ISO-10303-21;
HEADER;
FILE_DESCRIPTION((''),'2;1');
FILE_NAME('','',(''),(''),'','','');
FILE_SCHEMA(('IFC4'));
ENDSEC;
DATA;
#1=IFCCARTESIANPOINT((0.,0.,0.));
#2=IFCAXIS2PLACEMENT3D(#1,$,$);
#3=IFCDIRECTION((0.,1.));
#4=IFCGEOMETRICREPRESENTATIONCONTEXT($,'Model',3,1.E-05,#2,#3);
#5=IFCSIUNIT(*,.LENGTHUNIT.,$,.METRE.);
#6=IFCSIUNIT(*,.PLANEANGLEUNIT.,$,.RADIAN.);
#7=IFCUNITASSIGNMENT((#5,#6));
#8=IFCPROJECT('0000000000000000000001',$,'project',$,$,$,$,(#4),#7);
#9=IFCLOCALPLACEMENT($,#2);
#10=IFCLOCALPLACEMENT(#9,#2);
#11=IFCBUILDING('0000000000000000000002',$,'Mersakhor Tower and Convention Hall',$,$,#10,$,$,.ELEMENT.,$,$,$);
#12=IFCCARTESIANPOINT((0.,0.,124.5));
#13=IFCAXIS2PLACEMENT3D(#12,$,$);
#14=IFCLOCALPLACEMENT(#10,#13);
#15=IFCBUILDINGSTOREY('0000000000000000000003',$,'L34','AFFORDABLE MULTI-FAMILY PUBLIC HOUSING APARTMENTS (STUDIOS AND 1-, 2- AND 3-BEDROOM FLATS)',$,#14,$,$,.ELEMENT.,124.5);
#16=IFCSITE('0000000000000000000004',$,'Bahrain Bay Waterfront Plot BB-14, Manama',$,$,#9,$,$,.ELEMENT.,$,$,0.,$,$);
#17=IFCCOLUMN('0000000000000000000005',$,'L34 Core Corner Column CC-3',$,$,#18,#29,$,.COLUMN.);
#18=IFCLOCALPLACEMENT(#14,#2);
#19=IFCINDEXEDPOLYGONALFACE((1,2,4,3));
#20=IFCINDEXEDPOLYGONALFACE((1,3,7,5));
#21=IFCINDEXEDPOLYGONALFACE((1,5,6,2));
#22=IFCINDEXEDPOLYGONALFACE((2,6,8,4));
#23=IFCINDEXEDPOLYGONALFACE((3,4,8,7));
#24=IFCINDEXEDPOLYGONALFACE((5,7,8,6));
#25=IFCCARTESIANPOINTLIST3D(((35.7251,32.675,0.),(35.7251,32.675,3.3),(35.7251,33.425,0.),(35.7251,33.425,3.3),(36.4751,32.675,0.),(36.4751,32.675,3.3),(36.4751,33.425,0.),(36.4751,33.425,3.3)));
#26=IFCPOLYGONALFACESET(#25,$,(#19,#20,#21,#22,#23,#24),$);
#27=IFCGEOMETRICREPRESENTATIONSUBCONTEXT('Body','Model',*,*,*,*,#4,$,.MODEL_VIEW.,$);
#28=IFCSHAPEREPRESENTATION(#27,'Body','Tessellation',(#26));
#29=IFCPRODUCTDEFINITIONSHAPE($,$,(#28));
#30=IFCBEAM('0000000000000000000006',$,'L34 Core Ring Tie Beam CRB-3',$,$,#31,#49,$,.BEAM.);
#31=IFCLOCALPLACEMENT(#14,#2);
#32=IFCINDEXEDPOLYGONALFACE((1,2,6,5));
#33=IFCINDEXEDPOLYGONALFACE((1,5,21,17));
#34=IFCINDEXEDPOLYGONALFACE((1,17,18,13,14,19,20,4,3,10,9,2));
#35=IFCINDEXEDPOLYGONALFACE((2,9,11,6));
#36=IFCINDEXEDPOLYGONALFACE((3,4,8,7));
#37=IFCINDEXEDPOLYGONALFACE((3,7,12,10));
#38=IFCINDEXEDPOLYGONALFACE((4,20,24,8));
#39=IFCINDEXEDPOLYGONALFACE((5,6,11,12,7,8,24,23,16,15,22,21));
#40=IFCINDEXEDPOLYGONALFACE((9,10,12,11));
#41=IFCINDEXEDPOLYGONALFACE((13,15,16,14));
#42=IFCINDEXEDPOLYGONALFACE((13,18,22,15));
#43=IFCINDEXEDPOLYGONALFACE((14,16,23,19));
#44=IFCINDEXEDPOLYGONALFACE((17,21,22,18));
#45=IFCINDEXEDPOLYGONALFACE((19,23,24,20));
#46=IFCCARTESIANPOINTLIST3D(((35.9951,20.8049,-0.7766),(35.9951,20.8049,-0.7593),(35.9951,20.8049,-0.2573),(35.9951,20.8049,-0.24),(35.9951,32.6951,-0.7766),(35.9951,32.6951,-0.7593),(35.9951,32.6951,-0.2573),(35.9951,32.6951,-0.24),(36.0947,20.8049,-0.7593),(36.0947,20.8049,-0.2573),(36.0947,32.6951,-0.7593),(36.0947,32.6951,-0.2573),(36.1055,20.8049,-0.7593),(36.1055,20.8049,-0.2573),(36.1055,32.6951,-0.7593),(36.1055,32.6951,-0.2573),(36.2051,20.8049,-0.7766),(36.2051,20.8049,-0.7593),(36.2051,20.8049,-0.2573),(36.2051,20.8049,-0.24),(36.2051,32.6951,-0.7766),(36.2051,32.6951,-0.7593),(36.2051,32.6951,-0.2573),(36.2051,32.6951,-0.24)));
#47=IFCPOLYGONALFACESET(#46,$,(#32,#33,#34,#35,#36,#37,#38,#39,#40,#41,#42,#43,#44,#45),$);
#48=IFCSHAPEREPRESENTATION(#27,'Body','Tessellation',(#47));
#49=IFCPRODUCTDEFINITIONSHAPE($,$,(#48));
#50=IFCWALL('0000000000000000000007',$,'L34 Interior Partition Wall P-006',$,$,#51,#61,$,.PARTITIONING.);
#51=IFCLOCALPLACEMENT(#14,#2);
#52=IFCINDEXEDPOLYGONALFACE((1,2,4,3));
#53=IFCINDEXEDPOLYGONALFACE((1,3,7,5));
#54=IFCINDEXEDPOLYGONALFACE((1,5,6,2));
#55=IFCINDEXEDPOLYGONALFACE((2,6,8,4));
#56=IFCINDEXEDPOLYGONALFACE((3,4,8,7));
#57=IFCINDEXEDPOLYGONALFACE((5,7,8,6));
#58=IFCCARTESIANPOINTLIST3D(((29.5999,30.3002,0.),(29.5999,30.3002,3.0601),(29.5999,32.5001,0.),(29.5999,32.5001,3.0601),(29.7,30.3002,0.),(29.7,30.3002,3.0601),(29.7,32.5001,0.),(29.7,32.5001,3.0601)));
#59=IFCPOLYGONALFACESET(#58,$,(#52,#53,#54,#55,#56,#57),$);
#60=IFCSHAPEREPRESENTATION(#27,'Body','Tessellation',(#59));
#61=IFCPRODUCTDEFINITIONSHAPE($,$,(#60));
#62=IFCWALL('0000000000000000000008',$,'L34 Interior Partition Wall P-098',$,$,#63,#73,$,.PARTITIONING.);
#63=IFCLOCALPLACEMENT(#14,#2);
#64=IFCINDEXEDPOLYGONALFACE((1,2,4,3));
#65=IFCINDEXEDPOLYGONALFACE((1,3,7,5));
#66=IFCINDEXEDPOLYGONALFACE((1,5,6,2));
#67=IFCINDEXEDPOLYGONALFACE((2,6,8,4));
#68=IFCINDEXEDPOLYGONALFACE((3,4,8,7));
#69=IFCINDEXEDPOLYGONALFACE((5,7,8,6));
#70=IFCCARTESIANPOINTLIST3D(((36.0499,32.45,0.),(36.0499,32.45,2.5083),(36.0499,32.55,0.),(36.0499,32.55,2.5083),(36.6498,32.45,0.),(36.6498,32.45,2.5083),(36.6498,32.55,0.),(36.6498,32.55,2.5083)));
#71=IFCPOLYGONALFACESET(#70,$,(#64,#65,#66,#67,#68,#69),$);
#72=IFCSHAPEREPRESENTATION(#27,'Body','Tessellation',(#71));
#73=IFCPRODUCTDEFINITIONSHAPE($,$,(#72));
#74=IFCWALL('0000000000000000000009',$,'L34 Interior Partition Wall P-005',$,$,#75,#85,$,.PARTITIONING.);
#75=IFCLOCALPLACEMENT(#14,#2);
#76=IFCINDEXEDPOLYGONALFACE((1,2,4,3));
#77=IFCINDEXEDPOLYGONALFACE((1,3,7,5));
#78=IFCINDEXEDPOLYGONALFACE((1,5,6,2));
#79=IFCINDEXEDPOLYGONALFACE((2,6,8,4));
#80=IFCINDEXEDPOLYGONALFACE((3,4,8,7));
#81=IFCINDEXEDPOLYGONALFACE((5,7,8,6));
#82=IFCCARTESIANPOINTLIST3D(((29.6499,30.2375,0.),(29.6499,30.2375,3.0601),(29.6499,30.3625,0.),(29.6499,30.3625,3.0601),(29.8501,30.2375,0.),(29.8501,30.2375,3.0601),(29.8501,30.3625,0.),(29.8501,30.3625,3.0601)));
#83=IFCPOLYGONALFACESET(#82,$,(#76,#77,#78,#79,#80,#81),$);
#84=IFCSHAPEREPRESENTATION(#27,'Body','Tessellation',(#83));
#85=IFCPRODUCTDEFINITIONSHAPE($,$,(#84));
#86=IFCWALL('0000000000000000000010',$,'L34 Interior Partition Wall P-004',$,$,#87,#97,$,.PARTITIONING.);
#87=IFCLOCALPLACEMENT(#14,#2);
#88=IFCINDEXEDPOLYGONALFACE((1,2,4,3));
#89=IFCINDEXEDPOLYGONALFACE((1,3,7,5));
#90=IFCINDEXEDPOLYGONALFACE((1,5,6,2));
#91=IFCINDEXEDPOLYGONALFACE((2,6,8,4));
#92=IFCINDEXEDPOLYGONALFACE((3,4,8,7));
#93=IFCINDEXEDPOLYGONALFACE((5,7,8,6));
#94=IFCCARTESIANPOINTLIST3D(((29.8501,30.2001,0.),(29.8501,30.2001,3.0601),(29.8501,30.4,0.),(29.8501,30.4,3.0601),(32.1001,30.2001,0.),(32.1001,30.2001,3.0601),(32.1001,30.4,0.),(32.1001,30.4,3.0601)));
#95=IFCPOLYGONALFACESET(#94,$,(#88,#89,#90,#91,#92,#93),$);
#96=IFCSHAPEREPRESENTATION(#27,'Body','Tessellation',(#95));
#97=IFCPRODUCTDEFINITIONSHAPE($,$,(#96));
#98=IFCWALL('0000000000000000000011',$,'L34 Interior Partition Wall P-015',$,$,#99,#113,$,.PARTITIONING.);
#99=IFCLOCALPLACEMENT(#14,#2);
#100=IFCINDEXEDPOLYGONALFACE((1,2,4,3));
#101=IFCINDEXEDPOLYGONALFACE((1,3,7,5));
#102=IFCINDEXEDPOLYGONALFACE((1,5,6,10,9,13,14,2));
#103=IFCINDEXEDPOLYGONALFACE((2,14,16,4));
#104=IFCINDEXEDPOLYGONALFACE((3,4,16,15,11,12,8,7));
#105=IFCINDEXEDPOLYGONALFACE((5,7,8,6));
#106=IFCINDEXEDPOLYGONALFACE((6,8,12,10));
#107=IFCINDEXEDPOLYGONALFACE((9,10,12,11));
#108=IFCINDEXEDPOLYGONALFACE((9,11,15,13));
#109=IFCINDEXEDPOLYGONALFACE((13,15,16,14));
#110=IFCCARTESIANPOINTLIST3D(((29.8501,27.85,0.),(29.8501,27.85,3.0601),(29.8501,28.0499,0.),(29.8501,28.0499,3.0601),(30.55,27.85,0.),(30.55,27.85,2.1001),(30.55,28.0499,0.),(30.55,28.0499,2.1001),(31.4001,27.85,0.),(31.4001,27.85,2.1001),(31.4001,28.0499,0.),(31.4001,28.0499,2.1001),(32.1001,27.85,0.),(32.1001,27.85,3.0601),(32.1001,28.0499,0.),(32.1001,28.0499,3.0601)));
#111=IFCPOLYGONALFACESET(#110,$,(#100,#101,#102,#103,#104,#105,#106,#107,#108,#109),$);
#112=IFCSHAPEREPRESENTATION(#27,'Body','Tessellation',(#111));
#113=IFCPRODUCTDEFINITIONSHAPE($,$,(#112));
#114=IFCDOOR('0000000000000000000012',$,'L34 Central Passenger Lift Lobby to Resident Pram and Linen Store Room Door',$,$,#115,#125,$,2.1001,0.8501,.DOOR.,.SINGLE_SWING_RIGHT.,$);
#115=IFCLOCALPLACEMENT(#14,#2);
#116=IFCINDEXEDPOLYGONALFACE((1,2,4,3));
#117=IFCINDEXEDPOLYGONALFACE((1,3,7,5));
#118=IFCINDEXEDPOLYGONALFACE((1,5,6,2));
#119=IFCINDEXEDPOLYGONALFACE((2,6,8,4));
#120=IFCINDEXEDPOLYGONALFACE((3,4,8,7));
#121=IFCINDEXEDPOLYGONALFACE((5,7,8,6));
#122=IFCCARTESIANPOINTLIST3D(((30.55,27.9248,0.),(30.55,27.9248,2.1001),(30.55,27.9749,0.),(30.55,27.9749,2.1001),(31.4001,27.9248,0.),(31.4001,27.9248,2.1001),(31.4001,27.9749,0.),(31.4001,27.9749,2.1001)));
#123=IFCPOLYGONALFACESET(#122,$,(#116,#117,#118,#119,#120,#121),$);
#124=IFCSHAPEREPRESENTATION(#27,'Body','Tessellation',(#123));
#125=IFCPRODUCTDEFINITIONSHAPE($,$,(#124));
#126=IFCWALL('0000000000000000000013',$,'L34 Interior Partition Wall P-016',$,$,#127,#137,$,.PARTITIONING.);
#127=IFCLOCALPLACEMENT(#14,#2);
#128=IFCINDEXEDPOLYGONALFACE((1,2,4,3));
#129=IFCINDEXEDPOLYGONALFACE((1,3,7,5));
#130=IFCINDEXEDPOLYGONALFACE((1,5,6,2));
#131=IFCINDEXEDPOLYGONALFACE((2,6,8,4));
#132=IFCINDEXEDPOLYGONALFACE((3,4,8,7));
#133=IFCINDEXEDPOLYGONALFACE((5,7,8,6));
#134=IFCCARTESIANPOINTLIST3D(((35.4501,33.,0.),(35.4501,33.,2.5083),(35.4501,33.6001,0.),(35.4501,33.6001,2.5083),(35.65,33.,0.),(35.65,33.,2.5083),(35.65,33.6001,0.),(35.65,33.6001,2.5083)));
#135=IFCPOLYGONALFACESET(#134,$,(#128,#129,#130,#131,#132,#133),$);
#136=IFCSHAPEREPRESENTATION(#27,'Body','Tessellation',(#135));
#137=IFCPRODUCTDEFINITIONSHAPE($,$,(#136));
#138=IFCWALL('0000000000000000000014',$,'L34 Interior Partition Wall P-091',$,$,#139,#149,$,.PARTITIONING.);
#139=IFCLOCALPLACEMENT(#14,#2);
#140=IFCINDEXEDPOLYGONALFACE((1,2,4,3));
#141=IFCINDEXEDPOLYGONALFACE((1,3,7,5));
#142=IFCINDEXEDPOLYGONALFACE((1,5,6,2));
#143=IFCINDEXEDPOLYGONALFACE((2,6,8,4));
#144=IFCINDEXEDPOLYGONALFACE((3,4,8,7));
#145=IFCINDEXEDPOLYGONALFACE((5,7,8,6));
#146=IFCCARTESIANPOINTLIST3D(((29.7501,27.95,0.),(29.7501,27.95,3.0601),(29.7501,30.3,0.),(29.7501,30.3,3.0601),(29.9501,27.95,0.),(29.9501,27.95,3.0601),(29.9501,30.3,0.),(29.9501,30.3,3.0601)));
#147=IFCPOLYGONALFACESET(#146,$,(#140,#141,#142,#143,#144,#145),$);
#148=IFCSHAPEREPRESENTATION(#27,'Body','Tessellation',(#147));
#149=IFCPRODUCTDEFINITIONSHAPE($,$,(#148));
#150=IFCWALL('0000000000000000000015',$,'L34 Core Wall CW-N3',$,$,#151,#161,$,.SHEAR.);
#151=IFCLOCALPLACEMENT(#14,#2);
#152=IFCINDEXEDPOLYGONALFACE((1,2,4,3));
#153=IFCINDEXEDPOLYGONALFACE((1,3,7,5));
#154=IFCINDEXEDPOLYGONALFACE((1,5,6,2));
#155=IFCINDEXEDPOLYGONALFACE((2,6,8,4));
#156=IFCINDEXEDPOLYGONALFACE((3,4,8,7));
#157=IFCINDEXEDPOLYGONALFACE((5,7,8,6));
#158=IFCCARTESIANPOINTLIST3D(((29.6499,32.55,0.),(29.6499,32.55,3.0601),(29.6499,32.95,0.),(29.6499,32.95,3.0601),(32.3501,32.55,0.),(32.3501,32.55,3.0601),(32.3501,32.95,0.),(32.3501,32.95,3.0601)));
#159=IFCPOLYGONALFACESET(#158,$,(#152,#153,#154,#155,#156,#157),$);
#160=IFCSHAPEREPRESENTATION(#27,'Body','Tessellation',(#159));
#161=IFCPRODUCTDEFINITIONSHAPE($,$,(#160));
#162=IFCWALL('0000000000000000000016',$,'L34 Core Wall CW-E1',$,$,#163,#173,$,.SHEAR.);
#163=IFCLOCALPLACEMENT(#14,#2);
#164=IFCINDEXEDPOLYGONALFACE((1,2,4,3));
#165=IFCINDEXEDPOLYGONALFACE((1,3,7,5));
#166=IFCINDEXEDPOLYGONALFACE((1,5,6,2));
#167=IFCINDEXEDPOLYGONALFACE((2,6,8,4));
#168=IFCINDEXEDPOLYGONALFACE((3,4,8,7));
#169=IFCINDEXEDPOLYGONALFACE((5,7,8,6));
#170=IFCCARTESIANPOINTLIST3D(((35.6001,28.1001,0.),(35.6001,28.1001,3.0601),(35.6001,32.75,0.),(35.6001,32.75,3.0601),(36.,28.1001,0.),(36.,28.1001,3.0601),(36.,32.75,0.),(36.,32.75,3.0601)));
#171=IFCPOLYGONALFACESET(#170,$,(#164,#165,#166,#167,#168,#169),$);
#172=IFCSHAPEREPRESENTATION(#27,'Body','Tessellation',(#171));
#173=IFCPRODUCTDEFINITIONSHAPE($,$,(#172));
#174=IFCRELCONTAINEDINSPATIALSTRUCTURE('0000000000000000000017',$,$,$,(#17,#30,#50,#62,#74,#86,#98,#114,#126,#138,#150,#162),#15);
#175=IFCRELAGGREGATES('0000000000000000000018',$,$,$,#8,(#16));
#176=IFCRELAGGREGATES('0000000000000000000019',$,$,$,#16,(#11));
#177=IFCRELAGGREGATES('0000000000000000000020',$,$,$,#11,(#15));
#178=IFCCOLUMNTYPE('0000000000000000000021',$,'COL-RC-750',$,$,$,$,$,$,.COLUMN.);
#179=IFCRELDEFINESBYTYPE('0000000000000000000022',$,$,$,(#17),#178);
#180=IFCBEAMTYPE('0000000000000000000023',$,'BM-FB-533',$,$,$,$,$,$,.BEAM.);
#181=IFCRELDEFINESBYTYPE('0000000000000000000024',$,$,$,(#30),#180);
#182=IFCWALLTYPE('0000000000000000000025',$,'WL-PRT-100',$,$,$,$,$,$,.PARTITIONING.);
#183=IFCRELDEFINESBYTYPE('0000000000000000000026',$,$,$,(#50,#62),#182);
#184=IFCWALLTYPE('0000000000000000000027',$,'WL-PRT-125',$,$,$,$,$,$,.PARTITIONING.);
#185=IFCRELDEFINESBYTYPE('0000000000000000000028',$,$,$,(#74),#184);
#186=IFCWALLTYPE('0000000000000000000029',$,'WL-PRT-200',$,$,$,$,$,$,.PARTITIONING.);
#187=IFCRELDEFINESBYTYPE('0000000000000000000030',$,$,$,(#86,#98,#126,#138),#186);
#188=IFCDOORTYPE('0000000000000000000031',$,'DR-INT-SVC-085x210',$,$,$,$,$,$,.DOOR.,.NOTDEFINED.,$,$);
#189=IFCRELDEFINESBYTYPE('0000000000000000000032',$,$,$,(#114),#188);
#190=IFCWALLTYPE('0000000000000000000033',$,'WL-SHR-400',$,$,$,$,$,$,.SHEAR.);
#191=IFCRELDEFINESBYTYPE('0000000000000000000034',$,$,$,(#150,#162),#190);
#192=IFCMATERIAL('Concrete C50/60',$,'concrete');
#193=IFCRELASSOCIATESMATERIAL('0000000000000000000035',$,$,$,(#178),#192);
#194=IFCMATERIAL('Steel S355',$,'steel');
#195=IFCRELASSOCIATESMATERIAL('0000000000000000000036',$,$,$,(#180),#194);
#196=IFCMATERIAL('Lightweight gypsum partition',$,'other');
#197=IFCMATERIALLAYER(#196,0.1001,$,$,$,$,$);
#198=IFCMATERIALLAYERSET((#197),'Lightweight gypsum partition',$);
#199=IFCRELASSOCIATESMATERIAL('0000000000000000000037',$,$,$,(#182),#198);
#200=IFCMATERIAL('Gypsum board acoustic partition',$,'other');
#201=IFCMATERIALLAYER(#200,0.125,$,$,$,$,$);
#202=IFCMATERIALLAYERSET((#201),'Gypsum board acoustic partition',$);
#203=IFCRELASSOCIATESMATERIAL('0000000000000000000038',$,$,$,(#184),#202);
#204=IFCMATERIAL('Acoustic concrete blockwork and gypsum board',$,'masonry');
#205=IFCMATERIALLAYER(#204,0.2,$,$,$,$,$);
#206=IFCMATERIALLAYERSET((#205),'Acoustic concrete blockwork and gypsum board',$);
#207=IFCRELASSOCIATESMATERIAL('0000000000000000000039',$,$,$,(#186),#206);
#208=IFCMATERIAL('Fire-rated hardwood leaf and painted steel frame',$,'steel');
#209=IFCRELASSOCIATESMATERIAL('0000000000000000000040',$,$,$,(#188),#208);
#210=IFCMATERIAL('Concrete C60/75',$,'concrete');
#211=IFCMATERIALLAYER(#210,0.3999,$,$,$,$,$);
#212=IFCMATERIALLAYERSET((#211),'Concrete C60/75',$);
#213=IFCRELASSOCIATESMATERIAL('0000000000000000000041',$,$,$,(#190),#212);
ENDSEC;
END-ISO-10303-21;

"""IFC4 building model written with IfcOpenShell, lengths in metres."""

from ifc_helpers import new_model, si_unit, direction, frame, frame_2d, origin, origin_2d, place, context, subcontext, project, spatial, rectangle, i_section, extrude, material, layer, layer_set, material_profile, profile_set, type_object, element, fill, save


model = new_model("IFC4")

# Units and contexts
model_context = context("Model", 3, precision=1e-05, world=origin(), true_north=direction((0.0, 1.0)))
body_context = subcontext(model_context, "Body", "Model", "MODEL_VIEW")
ifc_project = project(units=[si_unit("LENGTHUNIT", "METRE"), si_unit("PLANEANGLEUNIT", "RADIAN")], contexts=[model_context])

# Site, building, storey
site_placement = place(None, origin())
site = spatial("IfcSite", under=ifc_project, at=site_placement, Name="Bahrain Bay Waterfront Plot BB-14, Manama", CompositionType="ELEMENT", RefElevation=0.0)
building_placement = place(site_placement, origin())
building = spatial("IfcBuilding", under=site, at=building_placement, Name="Mersakhor Tower and Convention Hall", CompositionType="ELEMENT")
storey_placement = place(building_placement, frame((0.0, 0.0, 124.5)))
storey = spatial("IfcBuildingStorey", under=building, at=storey_placement, Name="L34", Description="AFFORDABLE MULTI-FAMILY PUBLIC HOUSING APARTMENTS (STUDIOS AND 1-, 2- AND 3-BEDROOM FLATS)", CompositionType="ELEMENT", Elevation=124.5)

# Column
ifc_material_1 = material(Name="Concrete C50/60", Category="concrete")
ifc_material_profile_1 = material_profile(ifc_material_1, rectangle(XDim=0.75, YDim=0.75, at=origin_2d()), Name="RC 750x750")
ifc_profile_set_1 = profile_set([ifc_material_profile_1], Name="Concrete C50/60")
column_type = type_object("IfcColumnType", Name="COL-RC-750", PredefinedType="COLUMN", material=ifc_profile_set_1)
column_placement = place(storey_placement, frame((36.1001, 33.05, 0.0), z_axis=(0.0, 0.0, 1.0), x_axis=(1.0, 0.0, 0.0)))
element("IfcColumn", 1, at=column_placement, inside=storey, type_object=column_type, Name="L34 Core Corner Column CC-3", PredefinedType="COLUMN", context=body_context, shape_type="SweptSolid", body=[
    extrude(rectangle(XDim=0.75, YDim=0.75, at=origin_2d()), origin(), (0.0, 0.0, 1.0), 3.3),
])

# Beam
ifc_material_2 = material(Name="Steel S355", Category="steel")
ifc_material_profile_2 = material_profile(ifc_material_2, i_section(OverallWidth=0.21, OverallDepth=0.5366, WebThickness=0.0107, FlangeThickness=0.0173, at=origin_2d()), Name="UB 533x210x101")
ifc_profile_set_2 = profile_set([ifc_material_profile_2], Name="Steel S355")
beam_type = type_object("IfcBeamType", Name="BM-FB-533", PredefinedType="BEAM", material=ifc_profile_set_2)
beam_placement = place(storey_placement, frame((36.1001, 32.6951, -0.5083), z_axis=(0.0, -1.0, 0.0), x_axis=(1.0, 0.0, 0.0)))
element("IfcBeam", 2, at=beam_placement, inside=storey, type_object=beam_type, Name="L34 Core Ring Tie Beam CRB-3", PredefinedType="BEAM", context=body_context, shape_type="SweptSolid", body=[
    extrude(i_section(OverallWidth=0.21, OverallDepth=0.5366, WebThickness=0.0107, FlangeThickness=0.0173, at=origin_2d()), origin(), (0.0, 0.0, 1.0), 11.8901),
])

# Walls
ifc_material_3 = material(Name="Lightweight gypsum partition", Category="other")
ifc_layer_1 = layer(ifc_material_3, 0.1001)
ifc_layer_set_1 = layer_set([ifc_layer_1], Name="Lightweight gypsum partition")
wall_type_1 = type_object("IfcWallType", Name="WL-PRT-100", PredefinedType="PARTITIONING", material=ifc_layer_set_1)
wall_1_placement = place(storey_placement, frame((29.6499, 30.3, 0.0), z_axis=(0.0, 0.0, 1.0), x_axis=(0.0, 1.0, 0.0)))
element("IfcWall", 3, at=wall_1_placement, inside=storey, type_object=wall_type_1, Name="L34 Interior Partition Wall P-006", PredefinedType="PARTITIONING", context=body_context, shape_type="SweptSolid", body=[
    extrude(rectangle(XDim=2.2, YDim=0.1001, at=frame_2d((1.1001, 0.0))), origin(), (0.0, 0.0, 1.0), 3.0601),
])
wall_2_placement = place(storey_placement, frame((36.05, 32.5, 0.0), z_axis=(0.0, 0.0, 1.0), x_axis=(1.0, 0.0, 0.0)))
element("IfcWall", 4, at=wall_2_placement, inside=storey, type_object=wall_type_1, Name="L34 Interior Partition Wall P-098", PredefinedType="PARTITIONING", context=body_context, shape_type="SweptSolid", body=[
    extrude(rectangle(XDim=0.5999, YDim=0.1001, at=frame_2d((0.2998, 0.0))), origin(), (0.0, 0.0, 1.0), 2.5083),
])
ifc_material_4 = material(Name="Gypsum board acoustic partition", Category="other")
ifc_layer_2 = layer(ifc_material_4, 0.125)
ifc_layer_set_2 = layer_set([ifc_layer_2], Name="Gypsum board acoustic partition")
wall_type_2 = type_object("IfcWallType", Name="WL-PRT-125", PredefinedType="PARTITIONING", material=ifc_layer_set_2)
wall_3_placement = place(storey_placement, frame((29.8501, 30.3, 0.0), z_axis=(0.0, 0.0, 1.0), x_axis=(-1.0, 0.0, 0.0)))
element("IfcWall", 5, at=wall_3_placement, inside=storey, type_object=wall_type_2, Name="L34 Interior Partition Wall P-005", PredefinedType="PARTITIONING", context=body_context, shape_type="SweptSolid", body=[
    extrude(rectangle(XDim=0.2002, YDim=0.125, at=frame_2d((0.1001, 0.0))), origin(), (0.0, 0.0, 1.0), 3.0601),
])
ifc_material_5 = material(Name="Acoustic concrete blockwork and gypsum board", Category="masonry")
ifc_layer_3 = layer(ifc_material_5, 0.2)
ifc_layer_set_3 = layer_set([ifc_layer_3], Name="Acoustic concrete blockwork and gypsum board")
wall_type_3 = type_object("IfcWallType", Name="WL-PRT-200", PredefinedType="PARTITIONING", material=ifc_layer_set_3)
wall_4_placement = place(storey_placement, frame((32.1001, 30.3, 0.0), z_axis=(0.0, 0.0, 1.0), x_axis=(-1.0, 0.0, 0.0)))
element("IfcWall", 6, at=wall_4_placement, inside=storey, type_object=wall_type_3, Name="L34 Interior Partition Wall P-004", PredefinedType="PARTITIONING", context=body_context, shape_type="SweptSolid", body=[
    extrude(rectangle(XDim=2.25, YDim=0.2, at=frame_2d((1.125, 0.0))), origin(), (0.0, 0.0, 1.0), 3.0601),
])

# Wall, opening, door
wall_5_placement = place(storey_placement, frame((29.8501, 27.95, 0.0), z_axis=(0.0, 0.0, 1.0), x_axis=(1.0, 0.0, 0.0)))
wall_5 = element("IfcWall", 7, at=wall_5_placement, inside=storey, type_object=wall_type_3, Name="L34 Interior Partition Wall P-015", PredefinedType="PARTITIONING", context=body_context, shape_type="SweptSolid", body=[
    extrude(rectangle(XDim=2.25, YDim=0.2, at=frame_2d((1.125, 0.0))), origin(), (0.0, 0.0, 1.0), 3.0601),
])
opening_1_placement = place(wall_5_placement, frame((0.7, 0.0, 0.0)))
opening_1 = element("IfcOpeningElement", 8, at=opening_1_placement, cuts=wall_5, PredefinedType="OPENING", context=body_context, shape_type="SweptSolid", body=[
    extrude(rectangle(XDim=0.8501, YDim=2.1001, at=frame_2d((0.425, 1.05))), frame((0.0, 0.1099, 0.0), z_axis=(0.0, -1.0, 0.0), x_axis=(1.0, 0.0, 0.0)), (0.0, 0.0, 1.0), 0.22),
])
ifc_material_6 = material(Name="Fire-rated hardwood leaf and painted steel frame", Category="steel")
door_type_1 = type_object("IfcDoorType", Name="DR-INT-SVC-085x210", OperationType="NOTDEFINED", PredefinedType="DOOR", material=ifc_material_6)
door_1_placement = place(opening_1_placement, origin())
door_1 = element("IfcDoor", 9, at=door_1_placement, inside=storey, type_object=door_type_1, Name="L34 Central Passenger Lift Lobby to Resident Pram and Linen Store Room Door", OperationType="SINGLE_SWING_RIGHT", OverallHeight=2.1001, OverallWidth=0.8501, PredefinedType="DOOR", context=body_context, shape_type="SweptSolid", body=[
    extrude(rectangle(XDim=0.8501, YDim=2.1001, at=frame_2d((0.425, 1.05))), frame((0.0, 0.0249, 0.0), z_axis=(0.0, -1.0, 0.0), x_axis=(1.0, 0.0, 0.0)), (0.0, 0.0, 1.0), 0.05),
])
fill(opening_1, door_1)

# Walls
wall_6_placement = place(storey_placement, frame((35.55, 33.6001, 0.0), z_axis=(0.0, 0.0, 1.0), x_axis=(0.0, -1.0, 0.0)))
element("IfcWall", 10, at=wall_6_placement, inside=storey, type_object=wall_type_3, Name="L34 Interior Partition Wall P-016", PredefinedType="PARTITIONING", context=body_context, shape_type="SweptSolid", body=[
    extrude(rectangle(XDim=0.6001, YDim=0.2, at=frame_2d((0.3, 0.0))), origin(), (0.0, 0.0, 1.0), 2.5083),
])
wall_7_placement = place(storey_placement, frame((29.8501, 30.3, 0.0), z_axis=(0.0, 0.0, 1.0), x_axis=(0.0, -1.0, 0.0)))
element("IfcWall", 11, at=wall_7_placement, inside=storey, type_object=wall_type_3, Name="L34 Interior Partition Wall P-091", PredefinedType="PARTITIONING", context=body_context, shape_type="SweptSolid", body=[
    extrude(rectangle(XDim=2.3501, YDim=0.2, at=frame_2d((1.175, 0.0))), origin(), (0.0, 0.0, 1.0), 3.0601),
])

# Wall
ifc_material_7 = material(Name="Concrete C60/75", Category="concrete")
ifc_layer_4 = layer(ifc_material_7, 0.3999)
ifc_layer_set_4 = layer_set([ifc_layer_4], Name="Concrete C60/75")
wall_type_4 = type_object("IfcWallType", Name="WL-SHR-400", PredefinedType="SHEAR", material=ifc_layer_set_4)
wall_8_placement = place(storey_placement, frame((29.6499, 32.75, 0.0), z_axis=(0.0, 0.0, 1.0), x_axis=(1.0, 0.0, 0.0)))
element("IfcWall", 12, at=wall_8_placement, inside=storey, type_object=wall_type_4, Name="L34 Core Wall CW-N3", PredefinedType="SHEAR", context=body_context, shape_type="SweptSolid", body=[
    extrude(rectangle(XDim=2.7002, YDim=0.3999, at=frame_2d((1.3501, 0.0))), origin(), (0.0, 0.0, 1.0), 3.0601),
])

# Wall
wall_9_placement = place(storey_placement, frame((35.8, 32.75, 0.0), z_axis=(0.0, 0.0, 1.0), x_axis=(0.0, -1.0, 0.0)))
element("IfcWall", 13, at=wall_9_placement, inside=storey, type_object=wall_type_4, Name="L34 Core Wall CW-E1", PredefinedType="SHEAR", context=body_context, shape_type="SweptSolid", body=[
    extrude(rectangle(XDim=4.6499, YDim=0.3999, at=frame_2d((2.325, 0.0))), origin(), (0.0, 0.0, 1.0), 3.0601),
])

save(model, "model.ifc")
